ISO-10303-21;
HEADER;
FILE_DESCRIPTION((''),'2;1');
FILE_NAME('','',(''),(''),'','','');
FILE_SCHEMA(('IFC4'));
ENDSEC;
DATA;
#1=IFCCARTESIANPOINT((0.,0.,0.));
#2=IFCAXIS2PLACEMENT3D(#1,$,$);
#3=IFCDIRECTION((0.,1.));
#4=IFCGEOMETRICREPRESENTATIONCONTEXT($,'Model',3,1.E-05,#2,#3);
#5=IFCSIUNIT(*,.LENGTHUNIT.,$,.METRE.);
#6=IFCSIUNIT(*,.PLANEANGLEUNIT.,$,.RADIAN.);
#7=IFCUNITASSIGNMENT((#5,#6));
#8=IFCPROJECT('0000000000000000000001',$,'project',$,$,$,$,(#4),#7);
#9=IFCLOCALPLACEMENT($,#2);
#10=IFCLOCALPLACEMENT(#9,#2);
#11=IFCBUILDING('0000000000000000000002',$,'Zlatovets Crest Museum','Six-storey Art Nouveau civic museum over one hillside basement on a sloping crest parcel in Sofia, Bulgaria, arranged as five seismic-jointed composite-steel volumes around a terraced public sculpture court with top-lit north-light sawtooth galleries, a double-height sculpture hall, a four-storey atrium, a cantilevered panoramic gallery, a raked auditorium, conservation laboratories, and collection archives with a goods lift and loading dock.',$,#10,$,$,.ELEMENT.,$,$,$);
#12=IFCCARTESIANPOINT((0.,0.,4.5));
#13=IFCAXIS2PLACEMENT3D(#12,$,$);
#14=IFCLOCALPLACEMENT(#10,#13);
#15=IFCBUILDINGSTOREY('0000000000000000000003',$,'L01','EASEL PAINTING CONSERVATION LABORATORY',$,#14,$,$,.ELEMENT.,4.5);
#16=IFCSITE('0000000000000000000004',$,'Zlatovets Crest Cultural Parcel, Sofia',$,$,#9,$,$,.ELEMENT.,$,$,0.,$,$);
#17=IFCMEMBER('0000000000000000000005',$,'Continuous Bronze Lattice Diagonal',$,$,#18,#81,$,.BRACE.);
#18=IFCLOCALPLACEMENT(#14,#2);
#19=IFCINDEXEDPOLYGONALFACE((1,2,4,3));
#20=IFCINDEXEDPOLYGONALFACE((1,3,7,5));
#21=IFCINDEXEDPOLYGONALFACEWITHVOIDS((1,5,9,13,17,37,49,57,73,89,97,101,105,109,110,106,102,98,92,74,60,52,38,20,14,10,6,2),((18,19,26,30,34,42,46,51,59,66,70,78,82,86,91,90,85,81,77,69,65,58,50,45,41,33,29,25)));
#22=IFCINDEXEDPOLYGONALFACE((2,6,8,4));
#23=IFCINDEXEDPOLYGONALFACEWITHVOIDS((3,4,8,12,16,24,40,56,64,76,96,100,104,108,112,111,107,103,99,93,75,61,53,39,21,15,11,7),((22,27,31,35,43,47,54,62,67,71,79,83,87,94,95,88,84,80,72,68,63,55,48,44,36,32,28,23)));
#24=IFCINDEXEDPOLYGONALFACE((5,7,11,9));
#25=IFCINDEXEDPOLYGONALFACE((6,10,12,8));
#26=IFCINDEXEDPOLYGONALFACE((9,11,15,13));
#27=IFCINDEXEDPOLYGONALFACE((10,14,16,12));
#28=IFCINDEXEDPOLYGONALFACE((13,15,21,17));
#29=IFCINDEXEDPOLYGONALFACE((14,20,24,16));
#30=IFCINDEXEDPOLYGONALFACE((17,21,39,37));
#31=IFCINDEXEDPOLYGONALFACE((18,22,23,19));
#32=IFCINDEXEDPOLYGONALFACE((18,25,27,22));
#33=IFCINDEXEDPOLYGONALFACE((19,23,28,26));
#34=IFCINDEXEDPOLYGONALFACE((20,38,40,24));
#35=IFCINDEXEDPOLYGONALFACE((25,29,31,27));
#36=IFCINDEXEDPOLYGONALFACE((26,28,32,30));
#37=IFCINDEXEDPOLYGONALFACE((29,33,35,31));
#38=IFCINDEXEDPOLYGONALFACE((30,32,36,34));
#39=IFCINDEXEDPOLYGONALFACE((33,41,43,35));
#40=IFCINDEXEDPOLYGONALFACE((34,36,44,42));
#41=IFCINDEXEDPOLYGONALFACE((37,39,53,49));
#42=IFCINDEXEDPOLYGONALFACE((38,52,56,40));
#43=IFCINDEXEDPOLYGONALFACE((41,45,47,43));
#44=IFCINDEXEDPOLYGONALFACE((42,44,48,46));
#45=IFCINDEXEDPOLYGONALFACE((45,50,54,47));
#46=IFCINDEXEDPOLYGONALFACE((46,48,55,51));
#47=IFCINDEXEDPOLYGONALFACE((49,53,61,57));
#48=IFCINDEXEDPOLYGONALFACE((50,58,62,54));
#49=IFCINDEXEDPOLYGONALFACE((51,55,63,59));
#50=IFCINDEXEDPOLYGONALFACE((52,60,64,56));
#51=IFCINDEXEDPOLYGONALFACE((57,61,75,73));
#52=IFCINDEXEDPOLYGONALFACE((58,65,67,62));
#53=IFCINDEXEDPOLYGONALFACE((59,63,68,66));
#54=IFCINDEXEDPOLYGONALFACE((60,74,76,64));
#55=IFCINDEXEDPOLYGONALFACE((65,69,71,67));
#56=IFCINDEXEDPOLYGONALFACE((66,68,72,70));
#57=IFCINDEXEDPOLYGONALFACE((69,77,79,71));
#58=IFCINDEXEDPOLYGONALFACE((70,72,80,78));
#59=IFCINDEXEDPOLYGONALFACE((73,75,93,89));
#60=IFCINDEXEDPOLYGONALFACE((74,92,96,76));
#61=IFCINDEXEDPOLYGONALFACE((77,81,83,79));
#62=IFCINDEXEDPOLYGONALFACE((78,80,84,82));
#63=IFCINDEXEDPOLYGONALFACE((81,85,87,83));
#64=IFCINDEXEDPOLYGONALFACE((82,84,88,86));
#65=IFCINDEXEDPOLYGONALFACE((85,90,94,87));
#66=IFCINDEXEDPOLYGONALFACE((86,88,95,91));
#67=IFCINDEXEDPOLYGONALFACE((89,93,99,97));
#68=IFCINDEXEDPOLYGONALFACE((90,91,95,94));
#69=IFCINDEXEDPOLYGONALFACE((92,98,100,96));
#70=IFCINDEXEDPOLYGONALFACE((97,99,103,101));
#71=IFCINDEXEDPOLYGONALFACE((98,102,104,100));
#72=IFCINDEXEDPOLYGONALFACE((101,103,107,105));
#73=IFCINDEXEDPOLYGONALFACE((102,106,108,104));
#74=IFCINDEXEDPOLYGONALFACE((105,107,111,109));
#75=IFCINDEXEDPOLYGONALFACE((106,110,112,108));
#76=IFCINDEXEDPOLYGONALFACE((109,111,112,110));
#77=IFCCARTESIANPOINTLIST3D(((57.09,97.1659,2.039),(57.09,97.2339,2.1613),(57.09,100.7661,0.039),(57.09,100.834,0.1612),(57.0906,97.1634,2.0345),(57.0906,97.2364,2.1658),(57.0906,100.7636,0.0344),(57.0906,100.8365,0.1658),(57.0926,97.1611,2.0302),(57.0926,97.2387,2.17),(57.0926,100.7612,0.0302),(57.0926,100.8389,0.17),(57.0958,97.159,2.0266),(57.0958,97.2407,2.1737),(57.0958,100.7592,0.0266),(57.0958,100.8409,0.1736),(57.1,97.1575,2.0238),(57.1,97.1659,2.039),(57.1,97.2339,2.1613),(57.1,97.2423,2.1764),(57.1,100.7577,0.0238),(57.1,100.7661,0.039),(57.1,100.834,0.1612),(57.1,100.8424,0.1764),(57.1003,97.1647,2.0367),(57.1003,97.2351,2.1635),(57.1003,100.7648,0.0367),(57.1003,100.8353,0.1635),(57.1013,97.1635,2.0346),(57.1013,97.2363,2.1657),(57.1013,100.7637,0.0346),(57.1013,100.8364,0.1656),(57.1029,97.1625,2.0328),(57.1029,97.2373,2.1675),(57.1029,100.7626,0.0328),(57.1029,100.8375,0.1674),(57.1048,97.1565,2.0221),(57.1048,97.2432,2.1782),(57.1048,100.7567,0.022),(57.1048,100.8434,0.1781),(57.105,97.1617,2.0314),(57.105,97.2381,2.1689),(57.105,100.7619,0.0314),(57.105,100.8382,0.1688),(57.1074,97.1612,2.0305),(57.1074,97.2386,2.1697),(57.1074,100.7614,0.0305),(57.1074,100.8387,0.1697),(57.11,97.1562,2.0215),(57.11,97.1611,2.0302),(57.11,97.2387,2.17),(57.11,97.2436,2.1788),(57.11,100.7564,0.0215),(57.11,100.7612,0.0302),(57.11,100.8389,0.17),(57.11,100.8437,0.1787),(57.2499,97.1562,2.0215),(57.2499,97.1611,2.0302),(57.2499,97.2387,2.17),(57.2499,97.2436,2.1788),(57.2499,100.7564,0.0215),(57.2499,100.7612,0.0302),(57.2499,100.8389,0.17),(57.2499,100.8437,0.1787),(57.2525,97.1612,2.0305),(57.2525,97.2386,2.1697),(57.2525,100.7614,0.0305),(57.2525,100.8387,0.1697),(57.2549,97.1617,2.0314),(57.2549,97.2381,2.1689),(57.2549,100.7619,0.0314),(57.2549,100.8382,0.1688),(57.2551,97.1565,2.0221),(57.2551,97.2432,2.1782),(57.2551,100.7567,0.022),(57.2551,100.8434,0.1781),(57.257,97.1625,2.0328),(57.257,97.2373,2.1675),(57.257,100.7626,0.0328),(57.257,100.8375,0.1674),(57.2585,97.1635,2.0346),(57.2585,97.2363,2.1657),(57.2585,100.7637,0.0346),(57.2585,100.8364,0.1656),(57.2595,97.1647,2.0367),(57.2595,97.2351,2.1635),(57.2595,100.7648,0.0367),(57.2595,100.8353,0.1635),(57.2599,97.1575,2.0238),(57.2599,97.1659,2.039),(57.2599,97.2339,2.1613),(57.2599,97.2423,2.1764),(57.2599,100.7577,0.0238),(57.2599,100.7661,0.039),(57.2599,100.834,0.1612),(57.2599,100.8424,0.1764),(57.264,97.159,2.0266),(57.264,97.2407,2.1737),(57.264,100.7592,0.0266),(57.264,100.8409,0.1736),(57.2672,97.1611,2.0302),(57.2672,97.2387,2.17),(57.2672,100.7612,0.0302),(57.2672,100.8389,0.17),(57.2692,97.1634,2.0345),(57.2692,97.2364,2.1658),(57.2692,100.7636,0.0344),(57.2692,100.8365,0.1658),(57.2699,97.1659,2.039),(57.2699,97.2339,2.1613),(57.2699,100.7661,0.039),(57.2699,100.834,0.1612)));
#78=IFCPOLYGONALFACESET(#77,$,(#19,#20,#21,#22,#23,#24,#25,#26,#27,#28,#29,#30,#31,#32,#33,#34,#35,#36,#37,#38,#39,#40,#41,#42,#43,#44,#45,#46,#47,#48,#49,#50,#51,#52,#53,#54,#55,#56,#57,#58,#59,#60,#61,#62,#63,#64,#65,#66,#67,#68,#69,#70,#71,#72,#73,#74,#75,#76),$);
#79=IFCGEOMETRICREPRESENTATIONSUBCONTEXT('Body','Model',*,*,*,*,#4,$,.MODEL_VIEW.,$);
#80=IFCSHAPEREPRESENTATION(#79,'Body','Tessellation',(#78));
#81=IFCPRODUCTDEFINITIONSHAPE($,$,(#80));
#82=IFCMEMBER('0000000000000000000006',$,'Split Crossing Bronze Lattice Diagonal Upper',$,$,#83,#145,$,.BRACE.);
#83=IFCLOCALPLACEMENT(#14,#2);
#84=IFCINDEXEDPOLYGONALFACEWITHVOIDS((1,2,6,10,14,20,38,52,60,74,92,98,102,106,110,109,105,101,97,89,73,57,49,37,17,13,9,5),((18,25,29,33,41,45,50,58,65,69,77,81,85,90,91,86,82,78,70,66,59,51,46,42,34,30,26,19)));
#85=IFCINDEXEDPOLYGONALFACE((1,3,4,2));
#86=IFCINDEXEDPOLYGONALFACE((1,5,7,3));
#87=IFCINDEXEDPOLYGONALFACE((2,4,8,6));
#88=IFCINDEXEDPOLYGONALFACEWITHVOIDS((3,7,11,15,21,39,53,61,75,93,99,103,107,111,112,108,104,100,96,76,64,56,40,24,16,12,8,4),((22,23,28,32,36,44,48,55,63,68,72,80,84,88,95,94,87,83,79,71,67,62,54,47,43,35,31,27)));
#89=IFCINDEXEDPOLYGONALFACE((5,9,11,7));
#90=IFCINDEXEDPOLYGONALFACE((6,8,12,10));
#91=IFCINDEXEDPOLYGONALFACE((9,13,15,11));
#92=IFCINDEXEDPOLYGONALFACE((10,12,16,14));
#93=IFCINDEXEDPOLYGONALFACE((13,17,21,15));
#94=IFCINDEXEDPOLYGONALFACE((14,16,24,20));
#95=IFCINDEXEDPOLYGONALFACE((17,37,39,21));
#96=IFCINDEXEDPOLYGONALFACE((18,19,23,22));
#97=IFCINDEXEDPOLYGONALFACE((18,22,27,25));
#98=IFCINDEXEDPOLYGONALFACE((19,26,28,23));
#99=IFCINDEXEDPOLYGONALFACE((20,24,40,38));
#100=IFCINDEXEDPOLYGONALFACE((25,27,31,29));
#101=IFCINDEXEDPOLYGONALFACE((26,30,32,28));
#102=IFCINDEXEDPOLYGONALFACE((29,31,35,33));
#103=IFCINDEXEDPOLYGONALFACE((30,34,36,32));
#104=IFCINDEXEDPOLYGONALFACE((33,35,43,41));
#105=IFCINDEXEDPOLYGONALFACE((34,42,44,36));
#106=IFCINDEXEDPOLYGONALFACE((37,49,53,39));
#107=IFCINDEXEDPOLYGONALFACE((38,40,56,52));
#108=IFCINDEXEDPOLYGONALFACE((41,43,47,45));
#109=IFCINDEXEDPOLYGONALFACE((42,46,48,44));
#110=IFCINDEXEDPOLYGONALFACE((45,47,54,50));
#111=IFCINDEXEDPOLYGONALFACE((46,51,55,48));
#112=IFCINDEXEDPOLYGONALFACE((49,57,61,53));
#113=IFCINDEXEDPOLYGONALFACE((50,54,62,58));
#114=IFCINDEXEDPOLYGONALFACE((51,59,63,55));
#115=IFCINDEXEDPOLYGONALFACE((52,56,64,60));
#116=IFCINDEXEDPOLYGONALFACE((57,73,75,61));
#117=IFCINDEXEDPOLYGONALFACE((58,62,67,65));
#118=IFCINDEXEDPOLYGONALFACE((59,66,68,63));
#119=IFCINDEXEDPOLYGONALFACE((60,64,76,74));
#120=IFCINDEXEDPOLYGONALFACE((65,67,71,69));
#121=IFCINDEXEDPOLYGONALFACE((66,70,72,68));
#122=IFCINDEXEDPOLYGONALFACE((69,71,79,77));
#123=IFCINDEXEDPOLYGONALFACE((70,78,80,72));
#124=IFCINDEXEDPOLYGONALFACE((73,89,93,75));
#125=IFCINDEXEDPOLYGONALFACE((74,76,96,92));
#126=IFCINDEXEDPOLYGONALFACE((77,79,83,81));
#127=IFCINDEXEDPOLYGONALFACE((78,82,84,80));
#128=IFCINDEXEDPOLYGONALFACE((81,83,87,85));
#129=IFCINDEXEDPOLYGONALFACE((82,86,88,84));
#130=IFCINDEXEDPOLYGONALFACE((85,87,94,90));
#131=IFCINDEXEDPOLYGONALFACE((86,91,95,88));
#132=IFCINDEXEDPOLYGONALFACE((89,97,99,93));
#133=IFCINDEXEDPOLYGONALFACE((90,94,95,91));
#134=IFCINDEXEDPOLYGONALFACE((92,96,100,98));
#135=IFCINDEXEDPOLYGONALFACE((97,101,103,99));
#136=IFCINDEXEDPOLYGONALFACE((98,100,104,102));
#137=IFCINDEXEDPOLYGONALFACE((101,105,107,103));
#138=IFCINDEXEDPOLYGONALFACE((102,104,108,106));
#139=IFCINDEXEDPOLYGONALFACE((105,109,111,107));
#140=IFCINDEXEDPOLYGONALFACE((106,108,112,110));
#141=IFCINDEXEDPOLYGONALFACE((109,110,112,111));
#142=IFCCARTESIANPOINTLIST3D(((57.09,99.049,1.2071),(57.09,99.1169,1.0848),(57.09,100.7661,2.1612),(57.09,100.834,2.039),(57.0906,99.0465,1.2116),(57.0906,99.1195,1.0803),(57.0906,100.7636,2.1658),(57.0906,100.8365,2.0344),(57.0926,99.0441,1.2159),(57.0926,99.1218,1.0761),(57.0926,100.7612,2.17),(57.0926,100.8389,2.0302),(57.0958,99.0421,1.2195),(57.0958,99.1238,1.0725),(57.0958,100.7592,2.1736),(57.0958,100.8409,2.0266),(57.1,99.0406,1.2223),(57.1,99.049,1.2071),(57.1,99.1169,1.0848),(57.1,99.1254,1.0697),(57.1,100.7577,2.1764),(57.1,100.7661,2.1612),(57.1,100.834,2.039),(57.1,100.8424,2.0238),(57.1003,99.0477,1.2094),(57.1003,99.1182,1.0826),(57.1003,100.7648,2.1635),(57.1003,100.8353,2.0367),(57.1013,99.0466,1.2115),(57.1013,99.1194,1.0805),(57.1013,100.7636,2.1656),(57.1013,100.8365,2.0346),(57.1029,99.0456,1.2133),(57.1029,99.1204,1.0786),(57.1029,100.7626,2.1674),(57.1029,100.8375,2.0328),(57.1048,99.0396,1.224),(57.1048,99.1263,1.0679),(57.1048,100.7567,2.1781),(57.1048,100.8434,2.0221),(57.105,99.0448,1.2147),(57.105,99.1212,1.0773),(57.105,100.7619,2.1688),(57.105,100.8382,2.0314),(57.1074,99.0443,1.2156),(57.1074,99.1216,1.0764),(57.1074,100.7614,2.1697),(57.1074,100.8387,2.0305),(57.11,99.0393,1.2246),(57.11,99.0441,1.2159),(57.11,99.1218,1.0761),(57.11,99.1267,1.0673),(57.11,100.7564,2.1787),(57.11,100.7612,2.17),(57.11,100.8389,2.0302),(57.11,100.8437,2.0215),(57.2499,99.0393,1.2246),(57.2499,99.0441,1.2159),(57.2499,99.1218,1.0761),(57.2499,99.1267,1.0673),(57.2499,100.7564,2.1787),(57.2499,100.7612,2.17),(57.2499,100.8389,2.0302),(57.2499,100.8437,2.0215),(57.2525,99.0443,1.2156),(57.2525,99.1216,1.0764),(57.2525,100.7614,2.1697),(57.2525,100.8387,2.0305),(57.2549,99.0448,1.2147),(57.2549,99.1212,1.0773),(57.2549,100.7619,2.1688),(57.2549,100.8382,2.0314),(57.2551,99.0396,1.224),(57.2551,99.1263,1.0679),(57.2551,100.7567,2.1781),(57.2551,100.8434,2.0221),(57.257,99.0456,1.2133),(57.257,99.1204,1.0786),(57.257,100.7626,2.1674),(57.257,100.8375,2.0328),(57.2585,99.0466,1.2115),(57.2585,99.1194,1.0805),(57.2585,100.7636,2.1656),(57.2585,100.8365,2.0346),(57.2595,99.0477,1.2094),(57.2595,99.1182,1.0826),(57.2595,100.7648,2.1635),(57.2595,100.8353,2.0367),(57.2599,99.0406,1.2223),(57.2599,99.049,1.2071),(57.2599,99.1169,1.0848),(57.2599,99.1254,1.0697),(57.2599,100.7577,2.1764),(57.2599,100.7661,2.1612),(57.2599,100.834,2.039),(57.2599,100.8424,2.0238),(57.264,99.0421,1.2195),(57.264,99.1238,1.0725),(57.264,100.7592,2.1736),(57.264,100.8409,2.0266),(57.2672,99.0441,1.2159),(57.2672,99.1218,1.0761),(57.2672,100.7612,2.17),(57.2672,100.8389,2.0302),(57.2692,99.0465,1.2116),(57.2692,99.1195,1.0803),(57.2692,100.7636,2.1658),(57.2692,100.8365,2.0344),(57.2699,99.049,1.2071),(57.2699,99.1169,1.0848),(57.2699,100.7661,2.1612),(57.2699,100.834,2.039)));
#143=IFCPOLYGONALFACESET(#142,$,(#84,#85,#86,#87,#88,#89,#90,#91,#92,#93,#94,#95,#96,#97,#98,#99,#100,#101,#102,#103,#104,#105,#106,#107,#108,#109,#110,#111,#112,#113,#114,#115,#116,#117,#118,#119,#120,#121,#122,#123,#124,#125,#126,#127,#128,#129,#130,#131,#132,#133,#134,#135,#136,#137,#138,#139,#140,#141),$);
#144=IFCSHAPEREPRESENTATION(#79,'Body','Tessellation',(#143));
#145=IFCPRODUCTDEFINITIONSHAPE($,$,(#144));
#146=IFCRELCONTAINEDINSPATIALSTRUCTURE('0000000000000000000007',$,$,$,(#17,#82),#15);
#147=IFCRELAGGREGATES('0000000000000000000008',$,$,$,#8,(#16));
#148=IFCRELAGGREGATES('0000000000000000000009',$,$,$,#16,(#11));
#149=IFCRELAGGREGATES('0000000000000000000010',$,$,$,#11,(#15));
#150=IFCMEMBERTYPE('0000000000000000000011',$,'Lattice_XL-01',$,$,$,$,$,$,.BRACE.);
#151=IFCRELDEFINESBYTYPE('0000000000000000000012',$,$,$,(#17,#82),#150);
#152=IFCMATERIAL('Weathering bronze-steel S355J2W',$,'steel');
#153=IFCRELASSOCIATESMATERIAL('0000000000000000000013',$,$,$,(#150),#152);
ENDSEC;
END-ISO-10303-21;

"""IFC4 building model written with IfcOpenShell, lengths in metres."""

from ifc_helpers import new_model, si_unit, direction, frame, origin, origin_2d, place, context, subcontext, project, spatial, hollow_rectangle, extrude, material, material_profile, profile_set, type_object, element, save


model = new_model("IFC4")

# Units and contexts
model_context = context("Model", 3, precision=1e-05, world=origin(), true_north=direction((0.0, 1.0)))
body_context = subcontext(model_context, "Body", "Model", "MODEL_VIEW")
ifc_project = project(units=[si_unit("LENGTHUNIT", "METRE"), si_unit("PLANEANGLEUNIT", "RADIAN")], contexts=[model_context])

# Site, building, storey
site_placement = place(None, origin())
site = spatial("IfcSite", under=ifc_project, at=site_placement, Name="Zlatovets Crest Cultural Parcel, Sofia", CompositionType="ELEMENT", RefElevation=0.0)
building_placement = place(site_placement, origin())
building = spatial("IfcBuilding", under=site, at=building_placement, Name="Zlatovets Crest Museum", Description="Six-storey Art Nouveau civic museum over one hillside basement on a sloping crest parcel in Sofia, Bulgaria, arranged as five seismic-jointed composite-steel volumes around a terraced public sculpture court with top-lit north-light sawtooth galleries, a double-height sculpture hall, a four-storey atrium, a cantilevered panoramic gallery, a raked auditorium, conservation laboratories, and collection archives with a goods lift and loading dock.", CompositionType="ELEMENT")
storey_placement = place(building_placement, frame((0.0, 0.0, 4.5)))
storey = spatial("IfcBuildingStorey", under=building, at=storey_placement, Name="L01", Description="EASEL PAINTING CONSERVATION LABORATORY", CompositionType="ELEMENT", Elevation=4.5)

# Members
ifc_material_1 = material(Name="Weathering bronze-steel S355J2W", Category="steel")
ifc_material_profile_1 = material_profile(ifc_material_1, hollow_rectangle(XDim=0.1799, YDim=0.1799, WallThickness=0.01, InnerFilletRadius=0.01, OuterFilletRadius=0.02, at=origin_2d()), Name="SHS 180x180x10.0")
ifc_profile_set_1 = profile_set([ifc_material_profile_1], Name="Weathering bronze-steel S355J2W")
member_type_1 = type_object("IfcMemberType", Name="Lattice_XL-01", PredefinedType="BRACE", material=ifc_profile_set_1)
member_1_placement = place(storey_placement, frame((57.1799, 100.8, 0.1001), z_axis=(0.0, -0.874163, 0.485633), x_axis=(1.0, 0.0, 0.0)))
element("IfcMember", 1, at=member_1_placement, inside=storey, type_object=member_type_1, Name="Continuous Bronze Lattice Diagonal", PredefinedType="BRACE", context=body_context, shape_type="SweptSolid", body=[
    extrude(hollow_rectangle(XDim=0.1799, YDim=0.1799, WallThickness=0.01, InnerFilletRadius=0.01, OuterFilletRadius=0.02, at=origin_2d()), origin(), (0.0, 0.0, 1.0), 4.1184),
])
member_2_placement = place(storey_placement, frame((57.1799, 100.8, 2.1001), z_axis=(0.0, -0.874116, -0.485717), x_axis=(1.0, 0.0, 0.0)))
element("IfcMember", 2, at=member_2_placement, inside=storey, type_object=member_type_1, Name="Split Crossing Bronze Lattice Diagonal Upper", PredefinedType="BRACE", context=body_context, shape_type="SweptSolid", body=[
    extrude(hollow_rectangle(XDim=0.1799, YDim=0.1799, WallThickness=0.01, InnerFilletRadius=0.01, OuterFilletRadius=0.02, at=origin_2d()), origin(), (0.0, 0.0, 1.0), 1.9644),
])

save(model, "model.ifc")
